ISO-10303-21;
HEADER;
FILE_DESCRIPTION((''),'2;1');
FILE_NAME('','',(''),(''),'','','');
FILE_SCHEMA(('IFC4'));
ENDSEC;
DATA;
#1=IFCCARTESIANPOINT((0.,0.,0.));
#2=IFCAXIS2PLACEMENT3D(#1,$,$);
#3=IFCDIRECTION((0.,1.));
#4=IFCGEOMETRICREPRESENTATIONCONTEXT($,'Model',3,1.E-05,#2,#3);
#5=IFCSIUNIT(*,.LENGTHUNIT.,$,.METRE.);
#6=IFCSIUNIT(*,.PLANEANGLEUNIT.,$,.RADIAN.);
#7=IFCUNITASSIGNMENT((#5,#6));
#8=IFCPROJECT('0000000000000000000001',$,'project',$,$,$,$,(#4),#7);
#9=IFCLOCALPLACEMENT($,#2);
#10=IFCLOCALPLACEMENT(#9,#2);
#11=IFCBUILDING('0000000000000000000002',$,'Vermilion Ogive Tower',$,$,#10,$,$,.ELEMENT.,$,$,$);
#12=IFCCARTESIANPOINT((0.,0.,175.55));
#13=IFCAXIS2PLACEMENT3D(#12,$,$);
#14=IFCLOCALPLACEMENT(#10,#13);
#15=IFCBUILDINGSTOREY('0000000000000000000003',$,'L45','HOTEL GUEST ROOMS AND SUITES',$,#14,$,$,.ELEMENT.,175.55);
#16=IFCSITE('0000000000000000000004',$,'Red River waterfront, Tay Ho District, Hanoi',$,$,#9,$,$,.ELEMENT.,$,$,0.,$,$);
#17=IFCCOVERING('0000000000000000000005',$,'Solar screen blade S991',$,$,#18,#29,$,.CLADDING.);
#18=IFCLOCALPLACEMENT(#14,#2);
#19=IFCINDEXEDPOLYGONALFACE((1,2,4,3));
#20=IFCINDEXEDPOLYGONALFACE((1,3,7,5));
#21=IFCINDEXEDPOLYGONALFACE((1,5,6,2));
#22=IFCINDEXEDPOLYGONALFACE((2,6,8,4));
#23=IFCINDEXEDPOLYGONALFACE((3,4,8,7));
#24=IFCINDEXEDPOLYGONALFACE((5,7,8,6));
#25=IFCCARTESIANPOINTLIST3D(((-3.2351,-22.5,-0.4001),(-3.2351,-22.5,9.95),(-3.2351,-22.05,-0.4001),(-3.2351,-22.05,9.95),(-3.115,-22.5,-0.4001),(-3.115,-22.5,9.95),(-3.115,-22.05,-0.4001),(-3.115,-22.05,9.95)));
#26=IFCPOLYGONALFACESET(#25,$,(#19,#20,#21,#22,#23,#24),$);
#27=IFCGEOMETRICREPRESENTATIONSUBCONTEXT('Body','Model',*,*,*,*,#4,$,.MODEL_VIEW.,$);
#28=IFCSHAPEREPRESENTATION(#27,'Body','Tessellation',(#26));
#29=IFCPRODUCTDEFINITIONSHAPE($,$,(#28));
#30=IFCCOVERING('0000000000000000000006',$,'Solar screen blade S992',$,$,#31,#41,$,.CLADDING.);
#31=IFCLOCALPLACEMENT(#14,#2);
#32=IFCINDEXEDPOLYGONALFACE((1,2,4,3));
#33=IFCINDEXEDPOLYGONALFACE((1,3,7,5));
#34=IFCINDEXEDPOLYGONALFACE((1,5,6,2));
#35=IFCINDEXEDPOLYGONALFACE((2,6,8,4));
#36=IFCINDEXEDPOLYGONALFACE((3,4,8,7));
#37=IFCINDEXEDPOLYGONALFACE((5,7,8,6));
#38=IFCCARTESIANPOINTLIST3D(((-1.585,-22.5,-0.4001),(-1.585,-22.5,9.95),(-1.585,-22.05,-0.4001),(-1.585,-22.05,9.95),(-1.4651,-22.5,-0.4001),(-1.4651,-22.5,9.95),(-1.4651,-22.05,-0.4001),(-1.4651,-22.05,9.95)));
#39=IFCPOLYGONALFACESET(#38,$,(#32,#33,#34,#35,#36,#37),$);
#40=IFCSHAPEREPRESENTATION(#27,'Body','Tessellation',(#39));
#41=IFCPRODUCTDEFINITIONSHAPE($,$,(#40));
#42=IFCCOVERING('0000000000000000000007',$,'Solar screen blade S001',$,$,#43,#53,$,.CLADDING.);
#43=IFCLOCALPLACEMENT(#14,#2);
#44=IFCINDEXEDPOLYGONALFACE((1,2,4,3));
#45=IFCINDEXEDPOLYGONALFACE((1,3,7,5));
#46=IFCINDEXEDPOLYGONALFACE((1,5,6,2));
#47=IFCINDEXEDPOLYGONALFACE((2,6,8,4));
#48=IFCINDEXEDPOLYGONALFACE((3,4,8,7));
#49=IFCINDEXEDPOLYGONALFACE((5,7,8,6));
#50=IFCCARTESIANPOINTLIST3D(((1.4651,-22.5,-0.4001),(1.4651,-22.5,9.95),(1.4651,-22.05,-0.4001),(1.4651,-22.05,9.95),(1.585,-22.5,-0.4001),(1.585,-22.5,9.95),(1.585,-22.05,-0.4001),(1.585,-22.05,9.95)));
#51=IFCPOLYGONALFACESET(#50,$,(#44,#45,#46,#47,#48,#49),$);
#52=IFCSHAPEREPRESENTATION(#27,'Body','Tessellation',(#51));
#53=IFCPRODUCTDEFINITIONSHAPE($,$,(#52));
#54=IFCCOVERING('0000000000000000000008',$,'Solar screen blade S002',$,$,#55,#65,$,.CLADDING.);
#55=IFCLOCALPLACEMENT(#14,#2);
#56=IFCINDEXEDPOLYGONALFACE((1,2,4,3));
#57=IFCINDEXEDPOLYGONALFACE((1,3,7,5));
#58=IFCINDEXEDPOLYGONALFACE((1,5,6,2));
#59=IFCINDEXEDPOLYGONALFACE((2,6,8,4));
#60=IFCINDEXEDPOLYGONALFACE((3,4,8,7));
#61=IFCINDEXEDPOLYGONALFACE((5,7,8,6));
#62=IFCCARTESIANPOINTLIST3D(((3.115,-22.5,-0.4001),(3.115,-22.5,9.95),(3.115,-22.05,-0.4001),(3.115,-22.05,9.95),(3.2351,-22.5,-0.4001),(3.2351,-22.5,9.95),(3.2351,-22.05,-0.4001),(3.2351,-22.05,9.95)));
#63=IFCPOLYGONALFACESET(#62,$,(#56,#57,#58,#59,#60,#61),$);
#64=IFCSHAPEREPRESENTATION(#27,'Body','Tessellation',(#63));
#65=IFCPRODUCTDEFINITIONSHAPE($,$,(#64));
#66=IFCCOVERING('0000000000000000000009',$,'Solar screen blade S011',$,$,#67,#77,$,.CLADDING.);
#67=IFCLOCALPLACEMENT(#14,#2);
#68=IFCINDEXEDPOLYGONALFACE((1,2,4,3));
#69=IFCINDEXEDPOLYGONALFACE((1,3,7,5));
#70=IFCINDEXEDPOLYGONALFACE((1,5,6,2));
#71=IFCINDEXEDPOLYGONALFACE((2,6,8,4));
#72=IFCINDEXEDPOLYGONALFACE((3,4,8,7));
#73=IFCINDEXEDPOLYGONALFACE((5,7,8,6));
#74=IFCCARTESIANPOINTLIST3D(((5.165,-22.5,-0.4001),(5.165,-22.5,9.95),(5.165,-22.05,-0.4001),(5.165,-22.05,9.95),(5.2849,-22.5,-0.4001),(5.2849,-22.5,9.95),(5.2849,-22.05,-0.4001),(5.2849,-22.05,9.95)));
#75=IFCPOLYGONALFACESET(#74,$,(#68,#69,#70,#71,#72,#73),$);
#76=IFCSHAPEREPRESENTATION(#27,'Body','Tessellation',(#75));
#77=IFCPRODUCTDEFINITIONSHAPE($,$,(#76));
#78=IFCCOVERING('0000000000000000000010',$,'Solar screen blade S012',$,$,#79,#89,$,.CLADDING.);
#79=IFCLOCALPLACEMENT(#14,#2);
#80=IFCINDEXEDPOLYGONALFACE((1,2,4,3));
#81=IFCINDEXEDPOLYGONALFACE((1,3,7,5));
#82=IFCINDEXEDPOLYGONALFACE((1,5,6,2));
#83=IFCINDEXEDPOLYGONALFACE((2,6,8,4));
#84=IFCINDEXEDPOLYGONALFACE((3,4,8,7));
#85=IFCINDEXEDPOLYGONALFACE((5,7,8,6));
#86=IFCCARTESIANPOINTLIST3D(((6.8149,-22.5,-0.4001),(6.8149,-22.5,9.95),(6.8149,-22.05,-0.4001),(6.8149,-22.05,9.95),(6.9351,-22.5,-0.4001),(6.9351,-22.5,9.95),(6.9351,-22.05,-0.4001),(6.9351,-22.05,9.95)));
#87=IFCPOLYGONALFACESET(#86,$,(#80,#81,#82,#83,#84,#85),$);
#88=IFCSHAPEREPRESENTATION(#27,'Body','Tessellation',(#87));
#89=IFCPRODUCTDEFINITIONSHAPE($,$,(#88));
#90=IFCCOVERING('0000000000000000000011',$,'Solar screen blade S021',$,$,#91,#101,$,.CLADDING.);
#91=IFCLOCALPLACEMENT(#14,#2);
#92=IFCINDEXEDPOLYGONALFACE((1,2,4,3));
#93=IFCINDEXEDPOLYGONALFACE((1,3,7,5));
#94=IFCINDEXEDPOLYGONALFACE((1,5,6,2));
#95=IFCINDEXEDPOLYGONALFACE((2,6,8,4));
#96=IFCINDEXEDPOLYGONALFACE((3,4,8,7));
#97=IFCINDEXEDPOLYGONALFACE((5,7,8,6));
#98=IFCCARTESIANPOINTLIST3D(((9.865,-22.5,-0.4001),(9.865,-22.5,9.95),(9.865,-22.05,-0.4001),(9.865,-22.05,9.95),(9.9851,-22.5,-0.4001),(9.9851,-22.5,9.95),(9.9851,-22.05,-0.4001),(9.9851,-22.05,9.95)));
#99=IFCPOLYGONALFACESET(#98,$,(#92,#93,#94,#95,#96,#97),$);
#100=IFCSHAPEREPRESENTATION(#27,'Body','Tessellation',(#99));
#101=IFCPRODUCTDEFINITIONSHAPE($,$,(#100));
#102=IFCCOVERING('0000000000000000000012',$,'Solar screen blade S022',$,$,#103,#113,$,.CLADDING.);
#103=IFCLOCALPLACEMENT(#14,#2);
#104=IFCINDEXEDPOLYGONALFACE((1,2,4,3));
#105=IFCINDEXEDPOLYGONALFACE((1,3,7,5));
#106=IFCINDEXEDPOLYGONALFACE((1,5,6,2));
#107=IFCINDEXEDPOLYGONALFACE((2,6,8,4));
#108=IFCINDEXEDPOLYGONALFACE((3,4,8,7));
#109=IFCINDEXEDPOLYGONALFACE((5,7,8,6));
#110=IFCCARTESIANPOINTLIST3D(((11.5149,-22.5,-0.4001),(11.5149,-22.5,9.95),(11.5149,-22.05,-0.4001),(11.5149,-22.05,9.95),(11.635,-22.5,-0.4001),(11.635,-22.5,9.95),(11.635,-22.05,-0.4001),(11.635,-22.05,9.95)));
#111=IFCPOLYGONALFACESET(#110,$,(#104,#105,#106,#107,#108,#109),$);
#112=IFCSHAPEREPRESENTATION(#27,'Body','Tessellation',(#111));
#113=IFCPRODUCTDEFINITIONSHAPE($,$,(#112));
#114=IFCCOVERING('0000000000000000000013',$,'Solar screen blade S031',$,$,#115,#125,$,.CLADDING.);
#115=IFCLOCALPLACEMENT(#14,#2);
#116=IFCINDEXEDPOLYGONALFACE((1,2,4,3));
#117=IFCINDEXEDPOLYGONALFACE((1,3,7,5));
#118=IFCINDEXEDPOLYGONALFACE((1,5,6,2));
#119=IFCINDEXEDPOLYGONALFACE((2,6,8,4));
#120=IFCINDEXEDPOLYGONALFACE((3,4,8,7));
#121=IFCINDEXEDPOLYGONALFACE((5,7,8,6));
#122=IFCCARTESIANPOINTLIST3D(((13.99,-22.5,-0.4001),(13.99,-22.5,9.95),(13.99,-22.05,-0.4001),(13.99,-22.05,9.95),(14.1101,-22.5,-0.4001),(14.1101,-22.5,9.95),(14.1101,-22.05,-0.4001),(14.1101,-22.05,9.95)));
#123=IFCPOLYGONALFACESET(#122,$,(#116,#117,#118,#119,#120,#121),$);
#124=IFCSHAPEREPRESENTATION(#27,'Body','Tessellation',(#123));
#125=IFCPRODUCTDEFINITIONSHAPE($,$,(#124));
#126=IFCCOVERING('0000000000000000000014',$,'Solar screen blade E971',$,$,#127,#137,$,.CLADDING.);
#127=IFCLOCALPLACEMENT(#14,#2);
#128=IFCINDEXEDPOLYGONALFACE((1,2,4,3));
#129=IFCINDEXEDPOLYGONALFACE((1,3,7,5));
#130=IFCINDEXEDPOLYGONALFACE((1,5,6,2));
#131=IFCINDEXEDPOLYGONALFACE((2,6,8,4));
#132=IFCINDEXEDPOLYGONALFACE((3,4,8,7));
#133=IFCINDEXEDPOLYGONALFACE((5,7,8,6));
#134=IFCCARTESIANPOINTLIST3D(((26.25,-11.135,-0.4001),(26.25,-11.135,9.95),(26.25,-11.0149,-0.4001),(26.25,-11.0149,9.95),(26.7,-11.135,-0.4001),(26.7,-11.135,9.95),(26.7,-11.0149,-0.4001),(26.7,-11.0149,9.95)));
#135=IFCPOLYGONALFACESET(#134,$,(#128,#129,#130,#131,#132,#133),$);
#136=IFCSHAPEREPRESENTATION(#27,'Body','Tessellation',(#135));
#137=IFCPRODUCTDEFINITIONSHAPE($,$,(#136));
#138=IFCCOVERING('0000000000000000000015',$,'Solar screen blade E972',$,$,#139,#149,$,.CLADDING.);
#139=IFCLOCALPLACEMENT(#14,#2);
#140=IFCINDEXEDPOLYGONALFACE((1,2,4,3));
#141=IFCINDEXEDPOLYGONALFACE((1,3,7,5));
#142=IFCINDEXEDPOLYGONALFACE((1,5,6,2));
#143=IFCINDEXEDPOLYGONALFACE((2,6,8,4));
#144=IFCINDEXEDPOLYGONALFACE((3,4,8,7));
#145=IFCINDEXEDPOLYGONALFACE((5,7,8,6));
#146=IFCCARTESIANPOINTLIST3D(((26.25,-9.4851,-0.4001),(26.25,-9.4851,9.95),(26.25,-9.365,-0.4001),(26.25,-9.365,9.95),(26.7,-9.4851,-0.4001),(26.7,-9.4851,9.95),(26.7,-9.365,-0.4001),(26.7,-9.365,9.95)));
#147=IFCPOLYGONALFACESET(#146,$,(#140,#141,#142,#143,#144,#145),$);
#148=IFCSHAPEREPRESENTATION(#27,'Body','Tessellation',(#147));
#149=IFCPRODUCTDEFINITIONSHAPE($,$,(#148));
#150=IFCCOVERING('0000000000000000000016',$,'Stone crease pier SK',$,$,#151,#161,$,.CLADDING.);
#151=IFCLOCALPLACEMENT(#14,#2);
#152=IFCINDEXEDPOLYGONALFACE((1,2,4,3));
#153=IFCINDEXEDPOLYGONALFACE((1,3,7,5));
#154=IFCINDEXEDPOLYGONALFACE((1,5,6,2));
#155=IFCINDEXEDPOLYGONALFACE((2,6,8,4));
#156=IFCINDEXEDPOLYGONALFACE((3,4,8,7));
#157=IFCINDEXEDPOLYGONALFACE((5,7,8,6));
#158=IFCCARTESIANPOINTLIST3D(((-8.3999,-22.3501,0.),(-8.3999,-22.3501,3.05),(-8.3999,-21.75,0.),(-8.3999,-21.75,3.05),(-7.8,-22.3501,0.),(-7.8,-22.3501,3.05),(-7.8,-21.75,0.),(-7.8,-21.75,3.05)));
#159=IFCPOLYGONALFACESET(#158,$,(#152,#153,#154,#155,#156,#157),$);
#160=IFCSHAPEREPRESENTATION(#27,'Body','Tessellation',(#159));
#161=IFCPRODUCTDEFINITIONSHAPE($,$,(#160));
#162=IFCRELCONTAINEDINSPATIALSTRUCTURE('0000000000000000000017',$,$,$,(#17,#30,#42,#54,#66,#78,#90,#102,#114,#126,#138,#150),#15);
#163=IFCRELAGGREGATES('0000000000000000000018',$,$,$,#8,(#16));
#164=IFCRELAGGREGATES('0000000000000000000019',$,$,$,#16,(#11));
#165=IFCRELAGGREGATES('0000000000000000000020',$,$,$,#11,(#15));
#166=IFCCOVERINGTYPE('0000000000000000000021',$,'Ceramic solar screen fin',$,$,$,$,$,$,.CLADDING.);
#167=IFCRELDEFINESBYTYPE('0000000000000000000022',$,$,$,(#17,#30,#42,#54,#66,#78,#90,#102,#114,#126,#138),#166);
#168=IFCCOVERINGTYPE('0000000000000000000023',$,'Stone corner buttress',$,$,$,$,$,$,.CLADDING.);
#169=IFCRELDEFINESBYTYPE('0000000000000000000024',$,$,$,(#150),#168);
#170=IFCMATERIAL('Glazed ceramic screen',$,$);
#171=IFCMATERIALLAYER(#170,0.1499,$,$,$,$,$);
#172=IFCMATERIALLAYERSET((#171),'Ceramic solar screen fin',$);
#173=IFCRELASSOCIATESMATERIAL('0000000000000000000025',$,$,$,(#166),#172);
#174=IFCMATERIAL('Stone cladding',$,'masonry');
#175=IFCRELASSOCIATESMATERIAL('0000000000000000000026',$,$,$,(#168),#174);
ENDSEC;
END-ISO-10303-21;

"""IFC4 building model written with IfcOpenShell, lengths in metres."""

from ifc_helpers import new_model, si_unit, direction, frame, origin, place, context, subcontext, project, spatial, polyline, outline, extrude, material, layer, layer_set, type_object, element, save


model = new_model("IFC4")

# Units and contexts
model_context = context("Model", 3, precision=1e-05, world=origin(), true_north=direction((0.0, 1.0)))
body_context = subcontext(model_context, "Body", "Model", "MODEL_VIEW")
ifc_project = project(units=[si_unit("LENGTHUNIT", "METRE"), si_unit("PLANEANGLEUNIT", "RADIAN")], contexts=[model_context])

# Site, building, storey
site_placement = place(None, origin())
site = spatial("IfcSite", under=ifc_project, at=site_placement, Name="Red River waterfront, Tay Ho District, Hanoi", CompositionType="ELEMENT", RefElevation=0.0)
building_placement = place(site_placement, origin())
building = spatial("IfcBuilding", under=site, at=building_placement, Name="Vermilion Ogive Tower", CompositionType="ELEMENT")
storey_placement = place(building_placement, frame((0.0, 0.0, 175.55)))
storey = spatial("IfcBuildingStorey", under=building, at=storey_placement, Name="L45", Description="HOTEL GUEST ROOMS AND SUITES", CompositionType="ELEMENT", Elevation=175.55)

# Coverings
ifc_material_1 = material(Name="Glazed ceramic screen")
ifc_layer_1 = layer(ifc_material_1, 0.1499)
ifc_layer_set_1 = layer_set([ifc_layer_1], Name="Ceramic solar screen fin")
covering_type_1 = type_object("IfcCoveringType", Name="Ceramic solar screen fin", PredefinedType="CLADDING", material=ifc_layer_set_1)
covering_1_placement = place(storey_placement, frame((0.0, 0.0, -0.4001)))
element("IfcCovering", 1, at=covering_1_placement, inside=storey, type_object=covering_type_1, Name="Solar screen blade S991", PredefinedType="CLADDING", context=body_context, shape_type="SweptSolid", body=[
    extrude(outline(polyline([(-3.2351, -22.5), (-3.115, -22.5), (-3.115, -22.05), (-3.2351, -22.05), (-3.2351, -22.5)])), origin(), (0.0, 0.0, 1.0), 10.3501),
])
covering_2_placement = place(storey_placement, frame((0.0, 0.0, -0.4001)))
element("IfcCovering", 2, at=covering_2_placement, inside=storey, type_object=covering_type_1, Name="Solar screen blade S992", PredefinedType="CLADDING", context=body_context, shape_type="SweptSolid", body=[
    extrude(outline(polyline([(-1.585, -22.5), (-1.4651, -22.5), (-1.4651, -22.05), (-1.585, -22.05), (-1.585, -22.5)])), origin(), (0.0, 0.0, 1.0), 10.3501),
])
covering_3_placement = place(storey_placement, frame((0.0, 0.0, -0.4001)))
element("IfcCovering", 3, at=covering_3_placement, inside=storey, type_object=covering_type_1, Name="Solar screen blade S001", PredefinedType="CLADDING", context=body_context, shape_type="SweptSolid", body=[
    extrude(outline(polyline([(1.4651, -22.5), (1.585, -22.5), (1.585, -22.05), (1.4651, -22.05), (1.4651, -22.5)])), origin(), (0.0, 0.0, 1.0), 10.3501),
])
covering_4_placement = place(storey_placement, frame((0.0, 0.0, -0.4001)))
element("IfcCovering", 4, at=covering_4_placement, inside=storey, type_object=covering_type_1, Name="Solar screen blade S002", PredefinedType="CLADDING", context=body_context, shape_type="SweptSolid", body=[
    extrude(outline(polyline([(3.115, -22.5), (3.2351, -22.5), (3.2351, -22.05), (3.115, -22.05), (3.115, -22.5)])), origin(), (0.0, 0.0, 1.0), 10.3501),
])
covering_5_placement = place(storey_placement, frame((0.0, 0.0, -0.4001)))
element("IfcCovering", 5, at=covering_5_placement, inside=storey, type_object=covering_type_1, Name="Solar screen blade S011", PredefinedType="CLADDING", context=body_context, shape_type="SweptSolid", body=[
    extrude(outline(polyline([(5.165, -22.5), (5.2849, -22.5), (5.2849, -22.05), (5.165, -22.05), (5.165, -22.5)])), origin(), (0.0, 0.0, 1.0), 10.3501),
])
covering_6_placement = place(storey_placement, frame((0.0, 0.0, -0.4001)))
element("IfcCovering", 6, at=covering_6_placement, inside=storey, type_object=covering_type_1, Name="Solar screen blade S012", PredefinedType="CLADDING", context=body_context, shape_type="SweptSolid", body=[
    extrude(outline(polyline([(6.8149, -22.5), (6.9351, -22.5), (6.9351, -22.05), (6.8149, -22.05), (6.8149, -22.5)])), origin(), (0.0, 0.0, 1.0), 10.3501),
])
covering_7_placement = place(storey_placement, frame((0.0, 0.0, -0.4001)))
element("IfcCovering", 7, at=covering_7_placement, inside=storey, type_object=covering_type_1, Name="Solar screen blade S021", PredefinedType="CLADDING", context=body_context, shape_type="SweptSolid", body=[
    extrude(outline(polyline([(9.865, -22.5), (9.9851, -22.5), (9.9851, -22.05), (9.865, -22.05), (9.865, -22.5)])), origin(), (0.0, 0.0, 1.0), 10.3501),
])
covering_8_placement = place(storey_placement, frame((0.0, 0.0, -0.4001)))
element("IfcCovering", 8, at=covering_8_placement, inside=storey, type_object=covering_type_1, Name="Solar screen blade S022", PredefinedType="CLADDING", context=body_context, shape_type="SweptSolid", body=[
    extrude(outline(polyline([(11.5149, -22.5), (11.635, -22.5), (11.635, -22.05), (11.5149, -22.05), (11.5149, -22.5)])), origin(), (0.0, 0.0, 1.0), 10.3501),
])
covering_9_placement = place(storey_placement, frame((0.0, 0.0, -0.4001)))
element("IfcCovering", 9, at=covering_9_placement, inside=storey, type_object=covering_type_1, Name="Solar screen blade S031", PredefinedType="CLADDING", context=body_context, shape_type="SweptSolid", body=[
    extrude(outline(polyline([(13.99, -22.5), (14.1101, -22.5), (14.1101, -22.05), (13.99, -22.05), (13.99, -22.5)])), origin(), (0.0, 0.0, 1.0), 10.3501),
])
covering_10_placement = place(storey_placement, frame((0.0, 0.0, -0.4001)))
element("IfcCovering", 10, at=covering_10_placement, inside=storey, type_object=covering_type_1, Name="Solar screen blade E971", PredefinedType="CLADDING", context=body_context, shape_type="SweptSolid", body=[
    extrude(outline(polyline([(26.7, -11.135), (26.7, -11.0149), (26.25, -11.0149), (26.25, -11.135), (26.7, -11.135)])), origin(), (0.0, 0.0, 1.0), 10.3501),
])
covering_11_placement = place(storey_placement, frame((0.0, 0.0, -0.4001)))
element("IfcCovering", 11, at=covering_11_placement, inside=storey, type_object=covering_type_1, Name="Solar screen blade E972", PredefinedType="CLADDING", context=body_context, shape_type="SweptSolid", body=[
    extrude(outline(polyline([(26.7, -9.4851), (26.7, -9.365), (26.25, -9.365), (26.25, -9.4851), (26.7, -9.4851)])), origin(), (0.0, 0.0, 1.0), 10.3501),
])
ifc_material_2 = material(Name="Stone cladding", Category="masonry")
covering_type_2 = type_object("IfcCoveringType", Name="Stone corner buttress", PredefinedType="CLADDING", material=ifc_material_2)
covering_12_placement = place(storey_placement, origin())
element("IfcCovering", 12, at=covering_12_placement, inside=storey, type_object=covering_type_2, Name="Stone crease pier SK", PredefinedType="CLADDING", context=body_context, shape_type="SweptSolid", body=[
    extrude(outline(polyline([(-8.3999, -22.3501), (-7.8, -22.3501), (-7.8, -21.75), (-8.3999, -21.75), (-8.3999, -22.3501)])), origin(), (0.0, 0.0, 1.0), 3.05),
])

save(model, "model.ifc")
